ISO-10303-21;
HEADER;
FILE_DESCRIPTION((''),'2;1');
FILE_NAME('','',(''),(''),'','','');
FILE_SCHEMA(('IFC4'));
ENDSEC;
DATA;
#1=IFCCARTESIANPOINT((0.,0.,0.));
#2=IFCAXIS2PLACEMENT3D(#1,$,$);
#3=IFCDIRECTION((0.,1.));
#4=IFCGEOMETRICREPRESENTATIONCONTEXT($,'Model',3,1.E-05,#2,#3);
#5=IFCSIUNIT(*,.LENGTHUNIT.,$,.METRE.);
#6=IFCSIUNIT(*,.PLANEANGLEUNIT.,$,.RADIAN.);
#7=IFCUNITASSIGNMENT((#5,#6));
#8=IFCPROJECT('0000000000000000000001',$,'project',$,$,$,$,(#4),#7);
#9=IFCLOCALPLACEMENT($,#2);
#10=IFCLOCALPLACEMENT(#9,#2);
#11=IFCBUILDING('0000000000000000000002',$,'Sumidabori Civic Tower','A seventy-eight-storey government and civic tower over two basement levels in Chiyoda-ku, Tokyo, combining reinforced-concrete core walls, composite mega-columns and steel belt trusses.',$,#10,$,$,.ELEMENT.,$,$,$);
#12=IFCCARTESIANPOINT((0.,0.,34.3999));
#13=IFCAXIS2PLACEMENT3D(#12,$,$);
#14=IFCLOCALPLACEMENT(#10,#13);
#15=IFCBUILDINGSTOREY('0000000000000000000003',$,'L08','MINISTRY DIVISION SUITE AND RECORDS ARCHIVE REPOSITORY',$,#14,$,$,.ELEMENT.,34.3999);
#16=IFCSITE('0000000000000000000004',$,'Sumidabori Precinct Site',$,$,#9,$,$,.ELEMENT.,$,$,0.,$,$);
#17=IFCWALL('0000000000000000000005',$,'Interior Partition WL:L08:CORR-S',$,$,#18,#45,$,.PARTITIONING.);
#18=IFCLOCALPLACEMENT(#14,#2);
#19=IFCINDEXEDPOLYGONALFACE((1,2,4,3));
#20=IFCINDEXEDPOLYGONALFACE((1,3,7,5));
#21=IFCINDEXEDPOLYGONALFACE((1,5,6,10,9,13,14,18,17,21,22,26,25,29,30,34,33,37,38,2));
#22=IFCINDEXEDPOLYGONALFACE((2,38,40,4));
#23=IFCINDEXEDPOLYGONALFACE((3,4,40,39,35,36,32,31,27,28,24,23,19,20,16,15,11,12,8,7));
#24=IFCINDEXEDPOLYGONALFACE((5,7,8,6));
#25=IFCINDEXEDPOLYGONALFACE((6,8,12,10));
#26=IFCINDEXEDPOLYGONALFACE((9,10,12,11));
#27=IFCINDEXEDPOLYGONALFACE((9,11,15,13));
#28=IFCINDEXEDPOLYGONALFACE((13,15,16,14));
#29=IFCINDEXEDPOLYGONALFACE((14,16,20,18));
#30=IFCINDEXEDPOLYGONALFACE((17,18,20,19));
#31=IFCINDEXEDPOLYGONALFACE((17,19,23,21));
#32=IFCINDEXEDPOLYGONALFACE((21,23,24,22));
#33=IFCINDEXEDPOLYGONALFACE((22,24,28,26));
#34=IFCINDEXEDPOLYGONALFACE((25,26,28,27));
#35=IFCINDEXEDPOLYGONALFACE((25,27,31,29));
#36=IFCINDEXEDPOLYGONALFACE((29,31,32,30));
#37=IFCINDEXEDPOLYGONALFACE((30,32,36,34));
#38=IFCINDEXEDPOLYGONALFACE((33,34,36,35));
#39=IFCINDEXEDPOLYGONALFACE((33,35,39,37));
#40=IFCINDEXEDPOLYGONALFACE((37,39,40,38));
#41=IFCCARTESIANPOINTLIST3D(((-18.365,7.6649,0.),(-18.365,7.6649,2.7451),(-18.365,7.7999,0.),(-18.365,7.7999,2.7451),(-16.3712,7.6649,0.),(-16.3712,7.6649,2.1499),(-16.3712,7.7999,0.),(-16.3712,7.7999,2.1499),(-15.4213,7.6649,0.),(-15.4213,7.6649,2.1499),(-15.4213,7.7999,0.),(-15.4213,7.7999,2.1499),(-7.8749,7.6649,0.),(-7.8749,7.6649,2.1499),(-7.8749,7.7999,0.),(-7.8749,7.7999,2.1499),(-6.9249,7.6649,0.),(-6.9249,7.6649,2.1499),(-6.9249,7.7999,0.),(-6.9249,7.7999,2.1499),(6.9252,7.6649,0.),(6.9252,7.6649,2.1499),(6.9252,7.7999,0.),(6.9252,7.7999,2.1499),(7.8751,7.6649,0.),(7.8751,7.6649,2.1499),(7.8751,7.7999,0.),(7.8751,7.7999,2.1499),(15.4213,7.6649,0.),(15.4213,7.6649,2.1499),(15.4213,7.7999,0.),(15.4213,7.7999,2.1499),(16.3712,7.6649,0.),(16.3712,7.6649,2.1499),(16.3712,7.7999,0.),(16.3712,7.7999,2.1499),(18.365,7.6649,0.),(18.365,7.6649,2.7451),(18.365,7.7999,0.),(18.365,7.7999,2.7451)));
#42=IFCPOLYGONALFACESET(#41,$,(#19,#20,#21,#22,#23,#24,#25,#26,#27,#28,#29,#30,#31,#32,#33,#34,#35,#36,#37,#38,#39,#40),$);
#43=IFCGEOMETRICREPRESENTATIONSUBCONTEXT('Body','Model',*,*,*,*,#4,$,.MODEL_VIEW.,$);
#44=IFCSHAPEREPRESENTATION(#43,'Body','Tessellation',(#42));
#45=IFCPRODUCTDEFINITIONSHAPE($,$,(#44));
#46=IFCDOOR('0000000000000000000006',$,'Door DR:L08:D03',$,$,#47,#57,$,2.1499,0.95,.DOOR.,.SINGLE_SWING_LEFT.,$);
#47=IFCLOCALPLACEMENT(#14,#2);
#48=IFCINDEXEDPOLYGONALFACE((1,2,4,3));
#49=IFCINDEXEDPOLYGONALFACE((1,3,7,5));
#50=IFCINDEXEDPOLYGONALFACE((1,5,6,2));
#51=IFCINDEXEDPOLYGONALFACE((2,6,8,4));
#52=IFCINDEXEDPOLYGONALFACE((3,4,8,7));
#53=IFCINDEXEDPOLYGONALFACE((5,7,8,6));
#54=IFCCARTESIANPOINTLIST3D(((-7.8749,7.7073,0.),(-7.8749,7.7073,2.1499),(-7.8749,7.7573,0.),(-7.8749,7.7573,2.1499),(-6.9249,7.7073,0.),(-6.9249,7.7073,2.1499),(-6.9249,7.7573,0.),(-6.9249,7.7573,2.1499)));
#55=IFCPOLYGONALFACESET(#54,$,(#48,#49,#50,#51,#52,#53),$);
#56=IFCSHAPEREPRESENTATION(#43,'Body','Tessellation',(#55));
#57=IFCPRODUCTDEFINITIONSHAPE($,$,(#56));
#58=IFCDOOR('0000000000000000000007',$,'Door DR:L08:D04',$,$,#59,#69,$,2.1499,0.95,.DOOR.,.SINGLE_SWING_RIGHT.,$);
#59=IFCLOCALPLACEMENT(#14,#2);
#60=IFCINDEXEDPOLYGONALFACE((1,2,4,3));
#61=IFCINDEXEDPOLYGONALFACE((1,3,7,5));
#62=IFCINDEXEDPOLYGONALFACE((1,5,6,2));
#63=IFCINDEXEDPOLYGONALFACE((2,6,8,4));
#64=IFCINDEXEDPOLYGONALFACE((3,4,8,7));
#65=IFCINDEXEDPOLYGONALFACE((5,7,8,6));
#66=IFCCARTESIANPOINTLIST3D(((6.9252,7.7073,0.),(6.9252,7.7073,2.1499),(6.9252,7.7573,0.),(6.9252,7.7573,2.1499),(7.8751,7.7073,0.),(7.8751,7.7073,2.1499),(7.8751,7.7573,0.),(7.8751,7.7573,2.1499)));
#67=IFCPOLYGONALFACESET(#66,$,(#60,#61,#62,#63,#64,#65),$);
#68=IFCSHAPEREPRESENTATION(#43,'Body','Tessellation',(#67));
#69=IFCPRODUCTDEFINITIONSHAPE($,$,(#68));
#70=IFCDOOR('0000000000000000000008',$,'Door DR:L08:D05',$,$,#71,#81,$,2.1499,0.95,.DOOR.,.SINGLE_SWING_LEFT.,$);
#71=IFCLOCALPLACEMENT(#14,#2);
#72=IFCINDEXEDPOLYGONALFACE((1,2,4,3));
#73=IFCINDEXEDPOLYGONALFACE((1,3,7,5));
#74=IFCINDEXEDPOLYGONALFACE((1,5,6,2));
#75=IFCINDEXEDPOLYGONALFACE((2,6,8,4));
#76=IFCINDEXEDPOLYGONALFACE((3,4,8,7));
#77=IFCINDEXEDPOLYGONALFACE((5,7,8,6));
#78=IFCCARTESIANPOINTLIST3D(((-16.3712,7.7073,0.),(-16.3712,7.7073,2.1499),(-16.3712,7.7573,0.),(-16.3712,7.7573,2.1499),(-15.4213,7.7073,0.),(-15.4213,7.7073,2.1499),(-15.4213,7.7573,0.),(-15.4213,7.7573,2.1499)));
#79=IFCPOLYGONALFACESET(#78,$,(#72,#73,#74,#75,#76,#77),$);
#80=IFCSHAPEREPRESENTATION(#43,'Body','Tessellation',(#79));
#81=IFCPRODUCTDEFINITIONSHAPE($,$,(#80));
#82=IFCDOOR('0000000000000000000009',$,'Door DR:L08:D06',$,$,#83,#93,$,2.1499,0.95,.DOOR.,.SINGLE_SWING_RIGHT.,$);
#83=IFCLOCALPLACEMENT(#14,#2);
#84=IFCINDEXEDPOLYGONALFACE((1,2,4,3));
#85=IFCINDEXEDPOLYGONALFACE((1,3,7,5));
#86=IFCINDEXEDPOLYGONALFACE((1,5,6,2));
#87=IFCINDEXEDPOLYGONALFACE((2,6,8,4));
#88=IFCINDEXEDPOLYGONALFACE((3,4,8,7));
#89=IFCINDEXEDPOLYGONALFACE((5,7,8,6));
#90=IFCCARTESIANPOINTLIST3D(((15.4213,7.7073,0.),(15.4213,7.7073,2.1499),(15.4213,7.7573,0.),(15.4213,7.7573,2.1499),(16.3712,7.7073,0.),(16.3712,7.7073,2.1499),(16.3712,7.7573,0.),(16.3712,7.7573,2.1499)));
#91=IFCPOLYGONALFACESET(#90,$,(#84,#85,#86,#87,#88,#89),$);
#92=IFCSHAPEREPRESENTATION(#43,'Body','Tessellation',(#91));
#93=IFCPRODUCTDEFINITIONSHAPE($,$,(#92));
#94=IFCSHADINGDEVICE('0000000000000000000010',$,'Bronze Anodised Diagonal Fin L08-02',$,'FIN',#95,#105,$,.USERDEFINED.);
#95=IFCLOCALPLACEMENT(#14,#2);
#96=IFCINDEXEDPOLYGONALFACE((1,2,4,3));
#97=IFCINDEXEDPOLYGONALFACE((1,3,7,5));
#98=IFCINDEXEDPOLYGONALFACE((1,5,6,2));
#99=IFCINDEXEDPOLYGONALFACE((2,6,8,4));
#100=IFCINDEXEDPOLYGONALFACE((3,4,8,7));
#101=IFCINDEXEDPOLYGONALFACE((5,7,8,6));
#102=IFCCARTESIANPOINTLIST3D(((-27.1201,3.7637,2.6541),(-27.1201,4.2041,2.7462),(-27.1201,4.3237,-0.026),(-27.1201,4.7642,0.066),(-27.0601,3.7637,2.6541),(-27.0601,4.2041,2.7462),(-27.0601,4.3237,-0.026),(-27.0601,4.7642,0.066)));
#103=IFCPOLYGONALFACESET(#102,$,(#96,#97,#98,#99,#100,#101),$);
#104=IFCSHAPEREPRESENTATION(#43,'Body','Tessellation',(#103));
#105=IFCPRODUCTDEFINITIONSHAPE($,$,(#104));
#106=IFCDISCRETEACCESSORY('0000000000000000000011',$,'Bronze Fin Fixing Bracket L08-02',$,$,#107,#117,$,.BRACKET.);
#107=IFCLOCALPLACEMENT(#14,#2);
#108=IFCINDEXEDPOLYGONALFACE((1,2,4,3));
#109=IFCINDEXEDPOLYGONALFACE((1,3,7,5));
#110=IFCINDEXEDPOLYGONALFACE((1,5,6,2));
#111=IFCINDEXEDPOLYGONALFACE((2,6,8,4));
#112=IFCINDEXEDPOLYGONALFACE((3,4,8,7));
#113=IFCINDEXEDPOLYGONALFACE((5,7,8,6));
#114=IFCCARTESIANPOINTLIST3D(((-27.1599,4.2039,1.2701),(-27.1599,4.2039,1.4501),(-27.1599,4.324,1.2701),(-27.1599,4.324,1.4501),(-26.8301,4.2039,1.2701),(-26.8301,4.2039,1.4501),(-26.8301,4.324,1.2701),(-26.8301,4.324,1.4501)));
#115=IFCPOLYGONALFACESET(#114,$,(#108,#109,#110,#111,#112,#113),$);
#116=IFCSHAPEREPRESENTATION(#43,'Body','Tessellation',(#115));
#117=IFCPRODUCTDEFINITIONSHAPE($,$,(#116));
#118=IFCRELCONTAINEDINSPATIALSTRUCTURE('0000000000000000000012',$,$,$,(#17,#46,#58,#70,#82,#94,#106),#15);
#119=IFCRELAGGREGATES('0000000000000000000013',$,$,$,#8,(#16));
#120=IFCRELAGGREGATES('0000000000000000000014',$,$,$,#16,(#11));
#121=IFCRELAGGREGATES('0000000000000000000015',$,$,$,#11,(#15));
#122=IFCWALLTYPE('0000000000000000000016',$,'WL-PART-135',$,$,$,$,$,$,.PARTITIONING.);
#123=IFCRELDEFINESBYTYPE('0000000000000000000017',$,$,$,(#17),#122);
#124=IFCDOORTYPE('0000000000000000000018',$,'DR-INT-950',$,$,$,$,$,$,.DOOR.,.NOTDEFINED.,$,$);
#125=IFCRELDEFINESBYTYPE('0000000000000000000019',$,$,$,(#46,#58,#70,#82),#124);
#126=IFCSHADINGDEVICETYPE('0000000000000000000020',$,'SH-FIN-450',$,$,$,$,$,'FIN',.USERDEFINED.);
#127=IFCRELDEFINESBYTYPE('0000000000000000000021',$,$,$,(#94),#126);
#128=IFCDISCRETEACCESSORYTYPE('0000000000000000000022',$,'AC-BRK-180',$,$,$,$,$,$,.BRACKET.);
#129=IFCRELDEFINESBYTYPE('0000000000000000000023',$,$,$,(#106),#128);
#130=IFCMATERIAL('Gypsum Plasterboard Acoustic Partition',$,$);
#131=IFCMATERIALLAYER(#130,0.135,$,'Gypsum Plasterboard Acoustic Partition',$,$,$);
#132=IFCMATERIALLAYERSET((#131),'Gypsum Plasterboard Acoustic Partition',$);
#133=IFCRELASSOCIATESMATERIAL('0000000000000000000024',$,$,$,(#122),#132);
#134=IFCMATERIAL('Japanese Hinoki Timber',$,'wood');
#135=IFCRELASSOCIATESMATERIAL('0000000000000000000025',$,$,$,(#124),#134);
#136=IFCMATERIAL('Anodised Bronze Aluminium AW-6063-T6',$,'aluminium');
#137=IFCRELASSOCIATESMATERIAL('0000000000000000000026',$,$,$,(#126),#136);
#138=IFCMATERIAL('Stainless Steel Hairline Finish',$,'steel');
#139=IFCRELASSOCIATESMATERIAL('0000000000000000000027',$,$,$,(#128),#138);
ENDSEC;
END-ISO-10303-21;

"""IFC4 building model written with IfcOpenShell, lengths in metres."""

from ifc_helpers import new_model, si_unit, direction, frame, frame_2d, origin, origin_2d, place, context, subcontext, project, spatial, rectangle, extrude, source, transform, mapped, material, layer, layer_set, material_profile, profile_set, type_object, element, fill, save


model = new_model("IFC4")

# Units and contexts
model_context = context("Model", 3, precision=1e-05, world=origin(), true_north=direction((0.0, 1.0)))
body_context = subcontext(model_context, "Body", "Model", "MODEL_VIEW")
ifc_project = project(units=[si_unit("LENGTHUNIT", "METRE"), si_unit("PLANEANGLEUNIT", "RADIAN")], contexts=[model_context])

# Site, building, storey
site_placement = place(None, origin())
site = spatial("IfcSite", under=ifc_project, at=site_placement, Name="Sumidabori Precinct Site", CompositionType="ELEMENT", RefElevation=0.0)
building_placement = place(site_placement, origin())
building = spatial("IfcBuilding", under=site, at=building_placement, Name="Sumidabori Civic Tower", Description="A seventy-eight-storey government and civic tower over two basement levels in Chiyoda-ku, Tokyo, combining reinforced-concrete core walls, composite mega-columns and steel belt trusses.", CompositionType="ELEMENT")
storey_placement = place(building_placement, frame((0.0, 0.0, 34.3999)))
storey = spatial("IfcBuildingStorey", under=building, at=storey_placement, Name="L08", Description="MINISTRY DIVISION SUITE AND RECORDS ARCHIVE REPOSITORY", CompositionType="ELEMENT", Elevation=34.3999)

# Shared definitions
ifc_material_1 = material(Name="Anodised Bronze Aluminium AW-6063-T6", Category="aluminium")

# Shared definitions
ifc_material_2 = material(Name="Gypsum Plasterboard Acoustic Partition")
ifc_layer_1 = layer(ifc_material_2, 0.135, Name="Gypsum Plasterboard Acoustic Partition")
ifc_layer_set_1 = layer_set([ifc_layer_1], Name="Gypsum Plasterboard Acoustic Partition")
wall_type = type_object("IfcWallType", Name="WL-PART-135", PredefinedType="PARTITIONING", material=ifc_layer_set_1)
ifc_material_3 = material(Name="Japanese Hinoki Timber", Category="wood")
door_type = type_object("IfcDoorType", Name="DR-INT-950", OperationType="NOTDEFINED", PredefinedType="DOOR", material=ifc_material_3)
shared_shape_1 = source(origin(), body_context, "Body", "SweptSolid", [
    extrude(rectangle(XDim=0.95, YDim=2.1499, at=frame_2d((0.4751, 1.075))), frame((0.0, 0.0249, 0.0), z_axis=(0.0, -1.0, 0.0), x_axis=(1.0, 0.0, 0.0)), (0.0, 0.0, 1.0), 0.05),
])

# Wall, openings, doors
shared_shape_2 = source(origin(), body_context, "Body", "SweptSolid", [
    extrude(rectangle(XDim=36.73, YDim=0.135, at=frame_2d((18.365, 0.0))), origin(), (0.0, 0.0, 1.0), 2.7451),
])
wall_1_placement = place(storey_placement, frame((-18.365, 7.7324, 0.0), z_axis=(0.0, 0.0, 1.0), x_axis=(1.0, 0.0, 0.0)))
wall_1 = element("IfcWall", 1, at=wall_1_placement, inside=storey, type_object=wall_type, Name="Interior Partition WL:L08:CORR-S", PredefinedType="PARTITIONING", context=body_context, shape_type="MappedRepresentation", body=[
    mapped(shared_shape_2, transform((0.0, 0.0, 0.0), x_axis=(1.0, 0.0, 0.0), y_axis=(0.0, 1.0, 0.0), z_axis=(0.0, 0.0, 1.0), scale=1.0)),
])
opening_1_placement = place(wall_1_placement, frame((10.49, 0.0, 0.0)))
opening_1 = element("IfcOpeningElement", 2, at=opening_1_placement, cuts=wall_1, PredefinedType="OPENING", context=body_context, shape_type="SweptSolid", body=[
    extrude(rectangle(XDim=0.95, YDim=2.1499, at=frame_2d((0.4751, 1.075))), frame((0.0, 0.0796, 0.0), z_axis=(0.0, -1.0, 0.0), x_axis=(1.0, 0.0, 0.0)), (0.0, 0.0, 1.0), 0.1589),
])
opening_2_placement = place(wall_1_placement, frame((25.29, 0.0, 0.0)))
opening_2 = element("IfcOpeningElement", 3, at=opening_2_placement, cuts=wall_1, PredefinedType="OPENING", context=body_context, shape_type="SweptSolid", body=[
    extrude(rectangle(XDim=0.95, YDim=2.1499, at=frame_2d((0.4751, 1.075))), frame((0.0, 0.0796, 0.0), z_axis=(0.0, -1.0, 0.0), x_axis=(1.0, 0.0, 0.0)), (0.0, 0.0, 1.0), 0.1589),
])
opening_3_placement = place(wall_1_placement, frame((1.9937, 0.0, 0.0)))
opening_3 = element("IfcOpeningElement", 4, at=opening_3_placement, cuts=wall_1, PredefinedType="OPENING", context=body_context, shape_type="SweptSolid", body=[
    extrude(rectangle(XDim=0.95, YDim=2.1499, at=frame_2d((0.4751, 1.075))), frame((0.0, 0.0796, 0.0), z_axis=(0.0, -1.0, 0.0), x_axis=(1.0, 0.0, 0.0)), (0.0, 0.0, 1.0), 0.1589),
])
opening_4_placement = place(wall_1_placement, frame((33.7861, 0.0, 0.0)))
opening_4 = element("IfcOpeningElement", 5, at=opening_4_placement, cuts=wall_1, PredefinedType="OPENING", context=body_context, shape_type="SweptSolid", body=[
    extrude(rectangle(XDim=0.95, YDim=2.1499, at=frame_2d((0.4751, 1.075))), frame((0.0, 0.0796, 0.0), z_axis=(0.0, -1.0, 0.0), x_axis=(1.0, 0.0, 0.0)), (0.0, 0.0, 1.0), 0.1589),
])
door_1_placement = place(opening_1_placement, origin())
door_1 = element("IfcDoor", 6, at=door_1_placement, inside=storey, type_object=door_type, Name="Door DR:L08:D03", OperationType="SINGLE_SWING_LEFT", OverallHeight=2.1499, OverallWidth=0.95, PredefinedType="DOOR", context=body_context, shape_type="MappedRepresentation", body=[
    mapped(shared_shape_1, transform((0.0, 0.0, 0.0), x_axis=(1.0, 0.0, 0.0), y_axis=(0.0, 1.0, 0.0), z_axis=(0.0, 0.0, 1.0), scale=1.0)),
])
fill(opening_1, door_1)
door_2_placement = place(opening_2_placement, origin())
door_2 = element("IfcDoor", 7, at=door_2_placement, inside=storey, type_object=door_type, Name="Door DR:L08:D04", OperationType="SINGLE_SWING_RIGHT", OverallHeight=2.1499, OverallWidth=0.95, PredefinedType="DOOR", context=body_context, shape_type="MappedRepresentation", body=[
    mapped(shared_shape_1, transform((0.0, 0.0, 0.0), x_axis=(1.0, 0.0, 0.0), y_axis=(0.0, 1.0, 0.0), z_axis=(0.0, 0.0, 1.0), scale=1.0)),
])
fill(opening_2, door_2)
door_3_placement = place(opening_3_placement, origin())
door_3 = element("IfcDoor", 8, at=door_3_placement, inside=storey, type_object=door_type, Name="Door DR:L08:D05", OperationType="SINGLE_SWING_LEFT", OverallHeight=2.1499, OverallWidth=0.95, PredefinedType="DOOR", context=body_context, shape_type="MappedRepresentation", body=[
    mapped(shared_shape_1, transform((0.0, 0.0, 0.0), x_axis=(1.0, 0.0, 0.0), y_axis=(0.0, 1.0, 0.0), z_axis=(0.0, 0.0, 1.0), scale=1.0)),
])
fill(opening_3, door_3)
door_4_placement = place(opening_4_placement, origin())
door_4 = element("IfcDoor", 9, at=door_4_placement, inside=storey, type_object=door_type, Name="Door DR:L08:D06", OperationType="SINGLE_SWING_RIGHT", OverallHeight=2.1499, OverallWidth=0.95, PredefinedType="DOOR", context=body_context, shape_type="MappedRepresentation", body=[
    mapped(shared_shape_1, transform((0.0, 0.0, 0.0), x_axis=(1.0, 0.0, 0.0), y_axis=(0.0, 1.0, 0.0), z_axis=(0.0, 0.0, 1.0), scale=1.0)),
])
fill(opening_4, door_4)

# Shading device
ifc_material_profile_1 = material_profile(ifc_material_1, rectangle(XDim=0.0601, YDim=0.45, at=origin_2d()), Name="BRONZE FIN 450x60")
ifc_profile_set_1 = profile_set([ifc_material_profile_1], Name="Anodised Bronze Aluminium AW-6063-T6")
shading_device_type = type_object("IfcShadingDeviceType", Name="SH-FIN-450", ElementType="FIN", PredefinedType="USERDEFINED", material=ifc_profile_set_1)
shared_shape_3 = source(origin(), body_context, "Body", "SweptSolid", [
    extrude(rectangle(XDim=0.0601, YDim=0.45, at=origin_2d()), origin(), (0.0, 0.0, 1.0), 2.738),
])
shading_device_placement = place(storey_placement, frame((-27.0901, 4.5439, 0.02), z_axis=(0.0, -0.204545, 0.978857), x_axis=(-1.0, 0.0, 0.0)))
element("IfcShadingDevice", 10, at=shading_device_placement, inside=storey, type_object=shading_device_type, Name="Bronze Anodised Diagonal Fin L08-02", ObjectType="FIN", PredefinedType="USERDEFINED", context=body_context, shape_type="MappedRepresentation", body=[
    mapped(shared_shape_3, transform((0.0, 0.0, 0.0), x_axis=(1.0, 0.0, 0.0), y_axis=(0.0, 1.0, 0.0), z_axis=(0.0, 0.0, 1.0), scale=1.0)),
])

# Discrete accessory
ifc_material_4 = material(Name="Stainless Steel Hairline Finish", Category="steel")
ifc_material_profile_2 = material_profile(ifc_material_4, rectangle(XDim=0.1201, YDim=0.1799, at=origin_2d()), Name="STEEL BRACKET 180x120")
ifc_profile_set_2 = profile_set([ifc_material_profile_2], Name="Stainless Steel Hairline Finish")
discrete_accessory_type = type_object("IfcDiscreteAccessoryType", Name="AC-BRK-180", PredefinedType="BRACKET", material=ifc_profile_set_2)
shared_shape_4 = source(origin(), body_context, "Body", "SweptSolid", [
    extrude(rectangle(XDim=0.1201, YDim=0.1799, at=origin_2d()), origin(), (0.0, 0.0, 1.0), 0.3298),
])
discrete_accessory_placement = place(storey_placement, frame((-26.8301, 4.2639, 1.3601), z_axis=(-1.0, 0.0, 0.0), x_axis=(0.0, -1.0, 0.0)))
element("IfcDiscreteAccessory", 11, at=discrete_accessory_placement, inside=storey, type_object=discrete_accessory_type, Name="Bronze Fin Fixing Bracket L08-02", PredefinedType="BRACKET", context=body_context, shape_type="MappedRepresentation", body=[
    mapped(shared_shape_4, transform((0.0, 0.0, 0.0), x_axis=(1.0, 0.0, 0.0), y_axis=(0.0, 1.0, 0.0), z_axis=(0.0, 0.0, 1.0), scale=1.0)),
])

save(model, "model.ifc")
